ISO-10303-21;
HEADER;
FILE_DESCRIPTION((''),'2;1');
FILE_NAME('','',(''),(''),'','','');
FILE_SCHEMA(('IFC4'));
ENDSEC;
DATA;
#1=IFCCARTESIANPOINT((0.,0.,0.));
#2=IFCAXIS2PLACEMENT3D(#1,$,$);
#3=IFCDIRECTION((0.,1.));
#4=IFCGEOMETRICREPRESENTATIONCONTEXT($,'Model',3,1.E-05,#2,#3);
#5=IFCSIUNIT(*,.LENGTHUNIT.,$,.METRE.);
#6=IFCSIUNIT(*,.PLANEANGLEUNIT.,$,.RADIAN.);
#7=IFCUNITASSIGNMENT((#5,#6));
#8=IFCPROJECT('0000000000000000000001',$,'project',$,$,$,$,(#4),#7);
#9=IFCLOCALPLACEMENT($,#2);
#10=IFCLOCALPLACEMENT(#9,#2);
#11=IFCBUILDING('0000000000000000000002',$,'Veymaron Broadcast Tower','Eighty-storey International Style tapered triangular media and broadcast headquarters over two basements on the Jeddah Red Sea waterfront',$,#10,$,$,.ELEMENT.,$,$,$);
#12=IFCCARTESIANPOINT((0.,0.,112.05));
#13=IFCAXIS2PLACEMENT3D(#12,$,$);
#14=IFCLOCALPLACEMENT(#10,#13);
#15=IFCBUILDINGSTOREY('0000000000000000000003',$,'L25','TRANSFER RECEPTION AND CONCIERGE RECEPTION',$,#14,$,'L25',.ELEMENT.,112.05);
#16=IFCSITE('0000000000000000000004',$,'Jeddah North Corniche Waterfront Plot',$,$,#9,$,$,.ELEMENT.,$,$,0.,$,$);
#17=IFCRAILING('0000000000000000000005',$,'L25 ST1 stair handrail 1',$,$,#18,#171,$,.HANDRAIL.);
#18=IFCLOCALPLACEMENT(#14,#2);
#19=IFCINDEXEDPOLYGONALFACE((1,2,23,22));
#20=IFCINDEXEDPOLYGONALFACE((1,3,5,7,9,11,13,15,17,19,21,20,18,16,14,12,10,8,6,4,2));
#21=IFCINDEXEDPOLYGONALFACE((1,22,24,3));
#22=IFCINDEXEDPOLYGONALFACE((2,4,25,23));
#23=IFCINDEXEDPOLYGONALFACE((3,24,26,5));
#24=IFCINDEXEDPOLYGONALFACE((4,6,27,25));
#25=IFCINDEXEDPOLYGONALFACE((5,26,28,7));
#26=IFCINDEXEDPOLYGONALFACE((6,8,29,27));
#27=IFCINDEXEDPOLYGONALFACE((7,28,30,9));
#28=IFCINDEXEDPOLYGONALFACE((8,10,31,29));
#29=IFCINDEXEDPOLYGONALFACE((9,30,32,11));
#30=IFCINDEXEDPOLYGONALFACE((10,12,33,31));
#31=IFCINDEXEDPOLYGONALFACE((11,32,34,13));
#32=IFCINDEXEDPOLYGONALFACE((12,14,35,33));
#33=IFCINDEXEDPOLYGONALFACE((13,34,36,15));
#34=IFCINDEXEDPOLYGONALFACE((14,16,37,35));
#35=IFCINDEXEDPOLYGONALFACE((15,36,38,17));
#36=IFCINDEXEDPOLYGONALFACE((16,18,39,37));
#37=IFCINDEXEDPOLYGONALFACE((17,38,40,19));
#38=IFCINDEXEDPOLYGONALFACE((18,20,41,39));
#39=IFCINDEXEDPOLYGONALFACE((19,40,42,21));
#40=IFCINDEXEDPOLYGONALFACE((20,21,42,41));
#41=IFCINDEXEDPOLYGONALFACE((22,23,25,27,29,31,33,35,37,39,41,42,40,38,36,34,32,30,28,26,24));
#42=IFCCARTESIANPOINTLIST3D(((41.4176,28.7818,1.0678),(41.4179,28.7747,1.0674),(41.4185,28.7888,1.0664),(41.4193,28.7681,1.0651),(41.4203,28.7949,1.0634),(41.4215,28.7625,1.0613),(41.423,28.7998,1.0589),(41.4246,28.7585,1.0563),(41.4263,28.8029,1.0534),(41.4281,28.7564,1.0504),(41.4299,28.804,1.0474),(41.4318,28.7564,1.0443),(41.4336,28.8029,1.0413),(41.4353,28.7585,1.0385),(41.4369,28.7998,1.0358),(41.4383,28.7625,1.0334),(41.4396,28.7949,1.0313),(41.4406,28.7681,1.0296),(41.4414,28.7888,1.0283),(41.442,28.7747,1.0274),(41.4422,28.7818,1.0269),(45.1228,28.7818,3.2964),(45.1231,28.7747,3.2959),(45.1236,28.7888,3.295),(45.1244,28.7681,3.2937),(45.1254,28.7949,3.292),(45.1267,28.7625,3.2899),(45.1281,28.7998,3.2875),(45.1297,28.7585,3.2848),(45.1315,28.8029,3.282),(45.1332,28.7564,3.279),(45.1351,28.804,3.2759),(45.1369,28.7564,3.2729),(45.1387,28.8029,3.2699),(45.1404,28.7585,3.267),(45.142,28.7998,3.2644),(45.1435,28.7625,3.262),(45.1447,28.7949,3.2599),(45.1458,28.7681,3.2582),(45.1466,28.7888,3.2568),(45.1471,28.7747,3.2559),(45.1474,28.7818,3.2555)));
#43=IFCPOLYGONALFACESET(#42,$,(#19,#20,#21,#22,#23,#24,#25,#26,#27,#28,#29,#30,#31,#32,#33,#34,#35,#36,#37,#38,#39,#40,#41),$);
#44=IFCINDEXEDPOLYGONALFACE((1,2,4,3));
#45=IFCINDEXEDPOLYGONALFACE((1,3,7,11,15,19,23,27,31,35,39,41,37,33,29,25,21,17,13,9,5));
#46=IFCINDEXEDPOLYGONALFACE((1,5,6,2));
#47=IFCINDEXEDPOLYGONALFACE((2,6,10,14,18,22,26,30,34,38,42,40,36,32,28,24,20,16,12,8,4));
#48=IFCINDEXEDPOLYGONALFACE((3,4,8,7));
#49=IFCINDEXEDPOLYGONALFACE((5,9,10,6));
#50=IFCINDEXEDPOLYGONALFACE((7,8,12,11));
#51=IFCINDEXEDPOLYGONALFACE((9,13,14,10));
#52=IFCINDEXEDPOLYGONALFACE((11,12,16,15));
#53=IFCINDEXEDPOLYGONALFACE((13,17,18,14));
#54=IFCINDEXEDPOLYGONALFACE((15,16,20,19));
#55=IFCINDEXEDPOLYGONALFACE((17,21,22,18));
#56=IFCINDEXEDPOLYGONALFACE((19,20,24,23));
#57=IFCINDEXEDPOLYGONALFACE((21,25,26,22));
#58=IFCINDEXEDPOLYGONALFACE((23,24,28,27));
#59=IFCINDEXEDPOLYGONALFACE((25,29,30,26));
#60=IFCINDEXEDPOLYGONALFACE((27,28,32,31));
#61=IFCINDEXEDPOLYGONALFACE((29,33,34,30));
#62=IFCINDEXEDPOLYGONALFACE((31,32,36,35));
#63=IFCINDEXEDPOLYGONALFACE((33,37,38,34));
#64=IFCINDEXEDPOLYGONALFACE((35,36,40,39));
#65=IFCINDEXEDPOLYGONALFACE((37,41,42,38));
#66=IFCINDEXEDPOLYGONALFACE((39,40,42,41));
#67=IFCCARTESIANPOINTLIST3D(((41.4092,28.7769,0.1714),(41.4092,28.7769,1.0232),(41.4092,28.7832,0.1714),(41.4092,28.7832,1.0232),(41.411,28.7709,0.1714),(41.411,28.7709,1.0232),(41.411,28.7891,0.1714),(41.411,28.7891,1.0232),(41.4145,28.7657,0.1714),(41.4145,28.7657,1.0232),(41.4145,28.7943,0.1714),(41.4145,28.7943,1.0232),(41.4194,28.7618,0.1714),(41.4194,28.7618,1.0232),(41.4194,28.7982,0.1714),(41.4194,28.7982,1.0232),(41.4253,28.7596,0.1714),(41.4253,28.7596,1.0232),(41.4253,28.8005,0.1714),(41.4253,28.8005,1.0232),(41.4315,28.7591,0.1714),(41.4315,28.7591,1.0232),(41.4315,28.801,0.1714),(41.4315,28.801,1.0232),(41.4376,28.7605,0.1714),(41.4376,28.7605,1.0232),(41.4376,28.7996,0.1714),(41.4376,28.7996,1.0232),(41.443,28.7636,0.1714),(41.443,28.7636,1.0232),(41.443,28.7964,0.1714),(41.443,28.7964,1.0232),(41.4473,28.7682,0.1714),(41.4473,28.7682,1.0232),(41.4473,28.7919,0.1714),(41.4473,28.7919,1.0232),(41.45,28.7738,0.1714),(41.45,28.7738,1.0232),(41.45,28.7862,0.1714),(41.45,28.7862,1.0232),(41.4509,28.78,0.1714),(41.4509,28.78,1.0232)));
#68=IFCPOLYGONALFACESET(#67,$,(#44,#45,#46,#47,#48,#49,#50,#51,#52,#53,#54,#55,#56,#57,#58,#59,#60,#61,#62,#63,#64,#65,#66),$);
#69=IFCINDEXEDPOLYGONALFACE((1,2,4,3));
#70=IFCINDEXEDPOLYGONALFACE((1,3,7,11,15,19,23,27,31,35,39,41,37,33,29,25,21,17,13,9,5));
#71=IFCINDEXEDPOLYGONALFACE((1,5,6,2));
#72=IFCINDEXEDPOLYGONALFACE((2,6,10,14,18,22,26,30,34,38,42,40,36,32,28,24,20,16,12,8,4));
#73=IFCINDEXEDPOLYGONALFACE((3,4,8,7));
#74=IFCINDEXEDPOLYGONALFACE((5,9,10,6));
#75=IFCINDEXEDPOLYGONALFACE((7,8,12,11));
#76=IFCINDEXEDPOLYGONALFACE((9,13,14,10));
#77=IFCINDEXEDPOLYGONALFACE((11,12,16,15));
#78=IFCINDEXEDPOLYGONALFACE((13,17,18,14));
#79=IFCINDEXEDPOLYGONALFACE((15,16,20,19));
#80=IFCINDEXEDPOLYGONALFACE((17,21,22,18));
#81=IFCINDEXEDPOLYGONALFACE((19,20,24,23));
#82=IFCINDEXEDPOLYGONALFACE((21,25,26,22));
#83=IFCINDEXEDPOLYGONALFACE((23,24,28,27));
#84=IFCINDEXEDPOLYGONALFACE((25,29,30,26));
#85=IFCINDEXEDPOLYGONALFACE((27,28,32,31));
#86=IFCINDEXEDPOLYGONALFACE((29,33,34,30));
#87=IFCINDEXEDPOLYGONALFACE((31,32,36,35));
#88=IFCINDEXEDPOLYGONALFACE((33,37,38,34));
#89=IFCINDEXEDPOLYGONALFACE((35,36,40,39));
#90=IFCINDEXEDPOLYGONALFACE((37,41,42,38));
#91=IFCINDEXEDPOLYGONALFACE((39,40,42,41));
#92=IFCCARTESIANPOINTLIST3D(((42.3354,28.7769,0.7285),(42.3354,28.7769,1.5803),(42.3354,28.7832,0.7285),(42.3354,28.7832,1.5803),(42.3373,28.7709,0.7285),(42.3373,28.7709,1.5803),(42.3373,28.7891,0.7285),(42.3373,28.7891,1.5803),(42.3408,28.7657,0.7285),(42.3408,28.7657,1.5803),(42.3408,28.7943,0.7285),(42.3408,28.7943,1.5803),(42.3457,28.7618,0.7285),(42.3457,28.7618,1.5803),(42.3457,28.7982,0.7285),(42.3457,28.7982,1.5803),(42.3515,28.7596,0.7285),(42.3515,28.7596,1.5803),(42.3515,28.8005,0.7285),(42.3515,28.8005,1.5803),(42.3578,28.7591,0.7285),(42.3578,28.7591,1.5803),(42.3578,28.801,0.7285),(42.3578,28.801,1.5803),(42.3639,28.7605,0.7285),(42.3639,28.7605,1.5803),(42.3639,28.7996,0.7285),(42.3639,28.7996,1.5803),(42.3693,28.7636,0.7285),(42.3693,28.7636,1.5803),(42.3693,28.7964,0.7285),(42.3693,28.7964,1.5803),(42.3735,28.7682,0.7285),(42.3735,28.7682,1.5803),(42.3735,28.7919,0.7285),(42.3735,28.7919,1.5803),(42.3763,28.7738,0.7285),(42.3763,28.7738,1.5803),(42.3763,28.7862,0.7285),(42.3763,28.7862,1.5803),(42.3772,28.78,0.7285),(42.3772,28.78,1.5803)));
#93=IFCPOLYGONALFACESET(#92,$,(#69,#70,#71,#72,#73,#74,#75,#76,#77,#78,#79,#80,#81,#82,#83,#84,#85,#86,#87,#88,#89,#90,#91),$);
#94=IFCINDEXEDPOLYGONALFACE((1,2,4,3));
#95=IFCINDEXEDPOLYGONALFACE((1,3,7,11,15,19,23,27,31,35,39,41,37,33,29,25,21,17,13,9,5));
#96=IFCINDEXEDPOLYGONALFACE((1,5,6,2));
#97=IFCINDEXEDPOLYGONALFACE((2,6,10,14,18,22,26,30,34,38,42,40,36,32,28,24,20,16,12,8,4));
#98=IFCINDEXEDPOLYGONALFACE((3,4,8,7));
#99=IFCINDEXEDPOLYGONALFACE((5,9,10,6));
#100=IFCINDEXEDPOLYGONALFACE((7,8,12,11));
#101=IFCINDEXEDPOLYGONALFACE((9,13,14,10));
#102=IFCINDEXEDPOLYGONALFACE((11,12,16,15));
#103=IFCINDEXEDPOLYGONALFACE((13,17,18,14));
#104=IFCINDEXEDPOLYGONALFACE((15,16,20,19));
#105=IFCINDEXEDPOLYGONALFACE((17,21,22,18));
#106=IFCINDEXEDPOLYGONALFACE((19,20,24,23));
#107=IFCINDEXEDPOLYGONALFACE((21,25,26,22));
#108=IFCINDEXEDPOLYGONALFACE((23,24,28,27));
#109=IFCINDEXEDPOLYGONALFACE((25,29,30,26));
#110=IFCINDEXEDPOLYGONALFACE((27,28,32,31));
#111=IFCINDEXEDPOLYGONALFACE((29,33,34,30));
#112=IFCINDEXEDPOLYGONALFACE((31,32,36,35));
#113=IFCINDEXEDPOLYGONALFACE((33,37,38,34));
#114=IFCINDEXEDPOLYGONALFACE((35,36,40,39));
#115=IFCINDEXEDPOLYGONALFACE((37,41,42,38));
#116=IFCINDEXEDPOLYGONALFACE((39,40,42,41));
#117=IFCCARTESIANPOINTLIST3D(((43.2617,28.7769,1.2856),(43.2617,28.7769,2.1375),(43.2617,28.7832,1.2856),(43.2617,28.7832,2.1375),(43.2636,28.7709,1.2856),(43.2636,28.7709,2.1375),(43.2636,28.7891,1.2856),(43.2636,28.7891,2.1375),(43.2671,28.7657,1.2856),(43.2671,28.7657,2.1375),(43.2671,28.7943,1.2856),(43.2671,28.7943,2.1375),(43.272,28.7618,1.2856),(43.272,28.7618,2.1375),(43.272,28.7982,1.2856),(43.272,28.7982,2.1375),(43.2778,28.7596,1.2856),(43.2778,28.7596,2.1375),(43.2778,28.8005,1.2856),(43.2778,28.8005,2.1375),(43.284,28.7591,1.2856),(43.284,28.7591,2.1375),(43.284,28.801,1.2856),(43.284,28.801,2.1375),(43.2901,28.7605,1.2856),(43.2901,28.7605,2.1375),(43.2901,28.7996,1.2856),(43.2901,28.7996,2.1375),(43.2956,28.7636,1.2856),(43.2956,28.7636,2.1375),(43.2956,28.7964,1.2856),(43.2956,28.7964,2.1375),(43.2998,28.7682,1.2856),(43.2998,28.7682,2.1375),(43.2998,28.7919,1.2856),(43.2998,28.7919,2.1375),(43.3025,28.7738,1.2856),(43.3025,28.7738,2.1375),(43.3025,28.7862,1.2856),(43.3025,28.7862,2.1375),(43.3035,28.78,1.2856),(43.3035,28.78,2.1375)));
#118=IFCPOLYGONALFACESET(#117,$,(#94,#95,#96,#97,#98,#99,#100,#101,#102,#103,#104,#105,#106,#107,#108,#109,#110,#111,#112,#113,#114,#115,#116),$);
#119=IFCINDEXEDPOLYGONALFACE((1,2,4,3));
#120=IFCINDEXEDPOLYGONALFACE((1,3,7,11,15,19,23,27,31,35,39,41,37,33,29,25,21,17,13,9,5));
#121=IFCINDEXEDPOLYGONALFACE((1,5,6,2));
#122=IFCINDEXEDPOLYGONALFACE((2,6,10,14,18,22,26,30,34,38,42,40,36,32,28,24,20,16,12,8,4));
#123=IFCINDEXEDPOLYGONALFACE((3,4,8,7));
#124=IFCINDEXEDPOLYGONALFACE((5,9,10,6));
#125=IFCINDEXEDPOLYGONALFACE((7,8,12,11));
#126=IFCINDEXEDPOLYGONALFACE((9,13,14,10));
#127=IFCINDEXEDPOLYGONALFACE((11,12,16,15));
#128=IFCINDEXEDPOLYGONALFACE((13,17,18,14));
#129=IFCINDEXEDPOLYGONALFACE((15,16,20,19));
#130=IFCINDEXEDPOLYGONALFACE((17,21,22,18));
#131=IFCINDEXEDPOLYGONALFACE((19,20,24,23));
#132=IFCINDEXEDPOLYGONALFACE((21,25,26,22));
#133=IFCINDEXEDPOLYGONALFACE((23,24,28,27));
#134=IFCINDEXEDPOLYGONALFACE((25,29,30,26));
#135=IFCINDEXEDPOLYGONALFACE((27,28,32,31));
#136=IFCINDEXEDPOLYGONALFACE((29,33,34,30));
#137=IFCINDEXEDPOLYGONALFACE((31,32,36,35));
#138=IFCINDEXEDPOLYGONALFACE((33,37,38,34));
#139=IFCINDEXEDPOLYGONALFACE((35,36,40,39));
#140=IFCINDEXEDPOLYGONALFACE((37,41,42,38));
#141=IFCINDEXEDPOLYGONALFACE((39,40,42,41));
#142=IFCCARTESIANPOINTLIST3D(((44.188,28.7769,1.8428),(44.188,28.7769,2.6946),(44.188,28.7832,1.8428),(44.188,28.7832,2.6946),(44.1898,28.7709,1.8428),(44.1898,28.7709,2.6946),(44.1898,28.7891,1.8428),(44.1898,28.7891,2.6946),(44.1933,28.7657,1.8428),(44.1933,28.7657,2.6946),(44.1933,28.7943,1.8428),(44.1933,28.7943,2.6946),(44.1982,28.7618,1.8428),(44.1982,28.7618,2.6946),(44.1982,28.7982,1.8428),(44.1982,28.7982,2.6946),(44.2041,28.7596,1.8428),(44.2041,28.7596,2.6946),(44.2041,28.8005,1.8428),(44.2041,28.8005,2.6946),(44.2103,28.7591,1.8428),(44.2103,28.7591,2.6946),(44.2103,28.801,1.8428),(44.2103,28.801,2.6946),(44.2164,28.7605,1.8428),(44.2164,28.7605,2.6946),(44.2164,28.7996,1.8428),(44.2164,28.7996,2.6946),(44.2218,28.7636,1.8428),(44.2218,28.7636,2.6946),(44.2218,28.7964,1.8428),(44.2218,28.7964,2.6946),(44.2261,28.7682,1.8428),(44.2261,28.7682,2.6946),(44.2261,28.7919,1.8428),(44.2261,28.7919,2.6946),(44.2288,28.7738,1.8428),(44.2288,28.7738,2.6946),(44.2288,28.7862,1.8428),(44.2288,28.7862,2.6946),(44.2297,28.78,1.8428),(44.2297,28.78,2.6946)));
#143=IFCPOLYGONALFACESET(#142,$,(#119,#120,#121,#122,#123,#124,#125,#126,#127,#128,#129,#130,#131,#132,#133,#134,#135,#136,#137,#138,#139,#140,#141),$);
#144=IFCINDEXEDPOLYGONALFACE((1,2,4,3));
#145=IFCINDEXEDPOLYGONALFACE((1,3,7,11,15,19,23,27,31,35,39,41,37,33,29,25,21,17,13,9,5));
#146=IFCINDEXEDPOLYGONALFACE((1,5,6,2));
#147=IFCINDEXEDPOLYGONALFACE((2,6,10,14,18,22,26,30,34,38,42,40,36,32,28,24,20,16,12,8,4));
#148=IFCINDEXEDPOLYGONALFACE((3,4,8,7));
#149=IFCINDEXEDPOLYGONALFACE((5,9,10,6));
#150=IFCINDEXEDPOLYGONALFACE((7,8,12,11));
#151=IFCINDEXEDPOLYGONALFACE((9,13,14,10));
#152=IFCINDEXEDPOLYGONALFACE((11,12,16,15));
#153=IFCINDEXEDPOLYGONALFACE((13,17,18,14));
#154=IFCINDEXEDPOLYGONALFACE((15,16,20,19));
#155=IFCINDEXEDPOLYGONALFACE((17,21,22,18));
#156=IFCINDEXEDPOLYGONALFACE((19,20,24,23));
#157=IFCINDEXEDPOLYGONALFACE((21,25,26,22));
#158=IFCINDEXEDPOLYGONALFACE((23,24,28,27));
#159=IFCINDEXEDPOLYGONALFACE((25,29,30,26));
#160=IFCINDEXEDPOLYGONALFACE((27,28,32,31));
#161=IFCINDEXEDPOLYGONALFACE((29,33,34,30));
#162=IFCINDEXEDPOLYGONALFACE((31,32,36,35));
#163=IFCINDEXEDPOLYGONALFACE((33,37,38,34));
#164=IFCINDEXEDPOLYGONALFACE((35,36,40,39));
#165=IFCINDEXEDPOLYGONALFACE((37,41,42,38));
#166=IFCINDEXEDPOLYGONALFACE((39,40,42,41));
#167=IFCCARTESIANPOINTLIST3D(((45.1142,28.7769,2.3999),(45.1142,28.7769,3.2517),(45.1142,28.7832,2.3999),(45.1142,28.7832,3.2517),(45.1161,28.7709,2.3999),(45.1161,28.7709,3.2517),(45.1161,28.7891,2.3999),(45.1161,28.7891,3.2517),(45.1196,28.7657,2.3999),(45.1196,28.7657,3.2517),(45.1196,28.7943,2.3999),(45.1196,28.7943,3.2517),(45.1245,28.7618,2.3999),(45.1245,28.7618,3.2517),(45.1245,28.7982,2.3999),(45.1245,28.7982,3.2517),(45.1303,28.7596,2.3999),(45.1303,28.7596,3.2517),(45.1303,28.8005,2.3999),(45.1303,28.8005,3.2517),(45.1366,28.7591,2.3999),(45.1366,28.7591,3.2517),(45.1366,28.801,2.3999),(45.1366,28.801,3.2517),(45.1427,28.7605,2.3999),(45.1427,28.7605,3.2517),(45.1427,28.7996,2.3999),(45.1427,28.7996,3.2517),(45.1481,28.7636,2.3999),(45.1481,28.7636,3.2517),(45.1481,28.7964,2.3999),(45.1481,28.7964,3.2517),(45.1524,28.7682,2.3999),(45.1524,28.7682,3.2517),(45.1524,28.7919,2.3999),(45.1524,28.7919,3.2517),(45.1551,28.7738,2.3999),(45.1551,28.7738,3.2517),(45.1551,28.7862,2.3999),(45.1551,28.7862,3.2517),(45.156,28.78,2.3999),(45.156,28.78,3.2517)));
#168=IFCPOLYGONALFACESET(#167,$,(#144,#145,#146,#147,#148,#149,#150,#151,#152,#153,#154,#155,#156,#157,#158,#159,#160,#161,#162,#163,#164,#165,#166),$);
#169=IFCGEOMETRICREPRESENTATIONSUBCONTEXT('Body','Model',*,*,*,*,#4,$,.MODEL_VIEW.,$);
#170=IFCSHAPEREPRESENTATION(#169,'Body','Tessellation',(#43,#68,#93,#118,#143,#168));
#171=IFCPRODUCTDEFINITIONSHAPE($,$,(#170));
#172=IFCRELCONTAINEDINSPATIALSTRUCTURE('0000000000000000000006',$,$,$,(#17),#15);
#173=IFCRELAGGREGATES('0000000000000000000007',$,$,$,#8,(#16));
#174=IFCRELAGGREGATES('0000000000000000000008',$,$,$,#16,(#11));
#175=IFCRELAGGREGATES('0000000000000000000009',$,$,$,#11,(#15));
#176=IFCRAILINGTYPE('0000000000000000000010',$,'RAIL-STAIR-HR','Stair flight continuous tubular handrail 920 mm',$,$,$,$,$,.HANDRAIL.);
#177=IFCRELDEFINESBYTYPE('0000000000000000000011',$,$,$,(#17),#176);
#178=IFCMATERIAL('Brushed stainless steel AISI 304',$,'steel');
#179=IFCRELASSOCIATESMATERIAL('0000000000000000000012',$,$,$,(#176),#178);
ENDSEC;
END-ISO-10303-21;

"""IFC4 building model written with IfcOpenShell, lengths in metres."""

from ifc_helpers import new_model, si_unit, direction, frame, origin, origin_2d, place, context, subcontext, project, spatial, circle, extrude, material, type_object, element, save


model = new_model("IFC4")

# Units and contexts
model_context = context("Model", 3, precision=1e-05, world=origin(), true_north=direction((0.0, 1.0)))
body_context = subcontext(model_context, "Body", "Model", "MODEL_VIEW")
ifc_project = project(units=[si_unit("LENGTHUNIT", "METRE"), si_unit("PLANEANGLEUNIT", "RADIAN")], contexts=[model_context])

# Site, building, storey
site_placement = place(None, origin())
site = spatial("IfcSite", under=ifc_project, at=site_placement, Name="Jeddah North Corniche Waterfront Plot", CompositionType="ELEMENT", RefElevation=0.0)
building_placement = place(site_placement, origin())
building = spatial("IfcBuilding", under=site, at=building_placement, Name="Veymaron Broadcast Tower", Description="Eighty-storey International Style tapered triangular media and broadcast headquarters over two basements on the Jeddah Red Sea waterfront", CompositionType="ELEMENT")
storey_placement = place(building_placement, frame((0.0, 0.0, 112.05)))
storey = spatial("IfcBuildingStorey", under=building, at=storey_placement, Name="L25", Description="TRANSFER RECEPTION AND CONCIERGE RECEPTION", LongName="L25", CompositionType="ELEMENT", Elevation=112.05)

# Shared definitions
ifc_material_1 = material(Name="Brushed stainless steel AISI 304", Category="steel")

# Railing
railing_type_1 = type_object("IfcRailingType", Name="RAIL-STAIR-HR", Description="Stair flight continuous tubular handrail 920 mm", PredefinedType="HANDRAIL", material=ifc_material_1)
railing_1_placement = place(storey_placement, frame((41.4299, 28.78, 0.1714)))
element("IfcRailing", 1, at=railing_1_placement, inside=storey, type_object=railing_type_1, Name="L25 ST1 stair handrail 1", PredefinedType="HANDRAIL", context=body_context, shape_type="SweptSolid", body=[
    extrude(circle(Radius=0.0239, at=origin_2d()), frame((0.0, 0.0, 0.876), z_axis=(0.856934, 0.0, 0.515425), x_axis=(0.0, 1.0, 0.0)), (0.0, 0.0, 1.0), 4.3237),
    extrude(circle(Radius=0.021, at=origin_2d()), origin(), (0.0, 0.0, 1.0), 0.8518),
    extrude(circle(Radius=0.021, at=origin_2d()), frame((0.9263, 0.0, 0.5571)), (0.0, 0.0, 1.0), 0.8518),
    extrude(circle(Radius=0.021, at=origin_2d()), frame((1.8525, 0.0, 1.1143)), (0.0, 0.0, 1.0), 0.8518),
    extrude(circle(Radius=0.021, at=origin_2d()), frame((2.7788, 0.0, 1.6714)), (0.0, 0.0, 1.0), 0.8518),
    extrude(circle(Radius=0.021, at=origin_2d()), frame((3.7051, 0.0, 2.2285)), (0.0, 0.0, 1.0), 0.8518),
])

save(model, "model.ifc")
